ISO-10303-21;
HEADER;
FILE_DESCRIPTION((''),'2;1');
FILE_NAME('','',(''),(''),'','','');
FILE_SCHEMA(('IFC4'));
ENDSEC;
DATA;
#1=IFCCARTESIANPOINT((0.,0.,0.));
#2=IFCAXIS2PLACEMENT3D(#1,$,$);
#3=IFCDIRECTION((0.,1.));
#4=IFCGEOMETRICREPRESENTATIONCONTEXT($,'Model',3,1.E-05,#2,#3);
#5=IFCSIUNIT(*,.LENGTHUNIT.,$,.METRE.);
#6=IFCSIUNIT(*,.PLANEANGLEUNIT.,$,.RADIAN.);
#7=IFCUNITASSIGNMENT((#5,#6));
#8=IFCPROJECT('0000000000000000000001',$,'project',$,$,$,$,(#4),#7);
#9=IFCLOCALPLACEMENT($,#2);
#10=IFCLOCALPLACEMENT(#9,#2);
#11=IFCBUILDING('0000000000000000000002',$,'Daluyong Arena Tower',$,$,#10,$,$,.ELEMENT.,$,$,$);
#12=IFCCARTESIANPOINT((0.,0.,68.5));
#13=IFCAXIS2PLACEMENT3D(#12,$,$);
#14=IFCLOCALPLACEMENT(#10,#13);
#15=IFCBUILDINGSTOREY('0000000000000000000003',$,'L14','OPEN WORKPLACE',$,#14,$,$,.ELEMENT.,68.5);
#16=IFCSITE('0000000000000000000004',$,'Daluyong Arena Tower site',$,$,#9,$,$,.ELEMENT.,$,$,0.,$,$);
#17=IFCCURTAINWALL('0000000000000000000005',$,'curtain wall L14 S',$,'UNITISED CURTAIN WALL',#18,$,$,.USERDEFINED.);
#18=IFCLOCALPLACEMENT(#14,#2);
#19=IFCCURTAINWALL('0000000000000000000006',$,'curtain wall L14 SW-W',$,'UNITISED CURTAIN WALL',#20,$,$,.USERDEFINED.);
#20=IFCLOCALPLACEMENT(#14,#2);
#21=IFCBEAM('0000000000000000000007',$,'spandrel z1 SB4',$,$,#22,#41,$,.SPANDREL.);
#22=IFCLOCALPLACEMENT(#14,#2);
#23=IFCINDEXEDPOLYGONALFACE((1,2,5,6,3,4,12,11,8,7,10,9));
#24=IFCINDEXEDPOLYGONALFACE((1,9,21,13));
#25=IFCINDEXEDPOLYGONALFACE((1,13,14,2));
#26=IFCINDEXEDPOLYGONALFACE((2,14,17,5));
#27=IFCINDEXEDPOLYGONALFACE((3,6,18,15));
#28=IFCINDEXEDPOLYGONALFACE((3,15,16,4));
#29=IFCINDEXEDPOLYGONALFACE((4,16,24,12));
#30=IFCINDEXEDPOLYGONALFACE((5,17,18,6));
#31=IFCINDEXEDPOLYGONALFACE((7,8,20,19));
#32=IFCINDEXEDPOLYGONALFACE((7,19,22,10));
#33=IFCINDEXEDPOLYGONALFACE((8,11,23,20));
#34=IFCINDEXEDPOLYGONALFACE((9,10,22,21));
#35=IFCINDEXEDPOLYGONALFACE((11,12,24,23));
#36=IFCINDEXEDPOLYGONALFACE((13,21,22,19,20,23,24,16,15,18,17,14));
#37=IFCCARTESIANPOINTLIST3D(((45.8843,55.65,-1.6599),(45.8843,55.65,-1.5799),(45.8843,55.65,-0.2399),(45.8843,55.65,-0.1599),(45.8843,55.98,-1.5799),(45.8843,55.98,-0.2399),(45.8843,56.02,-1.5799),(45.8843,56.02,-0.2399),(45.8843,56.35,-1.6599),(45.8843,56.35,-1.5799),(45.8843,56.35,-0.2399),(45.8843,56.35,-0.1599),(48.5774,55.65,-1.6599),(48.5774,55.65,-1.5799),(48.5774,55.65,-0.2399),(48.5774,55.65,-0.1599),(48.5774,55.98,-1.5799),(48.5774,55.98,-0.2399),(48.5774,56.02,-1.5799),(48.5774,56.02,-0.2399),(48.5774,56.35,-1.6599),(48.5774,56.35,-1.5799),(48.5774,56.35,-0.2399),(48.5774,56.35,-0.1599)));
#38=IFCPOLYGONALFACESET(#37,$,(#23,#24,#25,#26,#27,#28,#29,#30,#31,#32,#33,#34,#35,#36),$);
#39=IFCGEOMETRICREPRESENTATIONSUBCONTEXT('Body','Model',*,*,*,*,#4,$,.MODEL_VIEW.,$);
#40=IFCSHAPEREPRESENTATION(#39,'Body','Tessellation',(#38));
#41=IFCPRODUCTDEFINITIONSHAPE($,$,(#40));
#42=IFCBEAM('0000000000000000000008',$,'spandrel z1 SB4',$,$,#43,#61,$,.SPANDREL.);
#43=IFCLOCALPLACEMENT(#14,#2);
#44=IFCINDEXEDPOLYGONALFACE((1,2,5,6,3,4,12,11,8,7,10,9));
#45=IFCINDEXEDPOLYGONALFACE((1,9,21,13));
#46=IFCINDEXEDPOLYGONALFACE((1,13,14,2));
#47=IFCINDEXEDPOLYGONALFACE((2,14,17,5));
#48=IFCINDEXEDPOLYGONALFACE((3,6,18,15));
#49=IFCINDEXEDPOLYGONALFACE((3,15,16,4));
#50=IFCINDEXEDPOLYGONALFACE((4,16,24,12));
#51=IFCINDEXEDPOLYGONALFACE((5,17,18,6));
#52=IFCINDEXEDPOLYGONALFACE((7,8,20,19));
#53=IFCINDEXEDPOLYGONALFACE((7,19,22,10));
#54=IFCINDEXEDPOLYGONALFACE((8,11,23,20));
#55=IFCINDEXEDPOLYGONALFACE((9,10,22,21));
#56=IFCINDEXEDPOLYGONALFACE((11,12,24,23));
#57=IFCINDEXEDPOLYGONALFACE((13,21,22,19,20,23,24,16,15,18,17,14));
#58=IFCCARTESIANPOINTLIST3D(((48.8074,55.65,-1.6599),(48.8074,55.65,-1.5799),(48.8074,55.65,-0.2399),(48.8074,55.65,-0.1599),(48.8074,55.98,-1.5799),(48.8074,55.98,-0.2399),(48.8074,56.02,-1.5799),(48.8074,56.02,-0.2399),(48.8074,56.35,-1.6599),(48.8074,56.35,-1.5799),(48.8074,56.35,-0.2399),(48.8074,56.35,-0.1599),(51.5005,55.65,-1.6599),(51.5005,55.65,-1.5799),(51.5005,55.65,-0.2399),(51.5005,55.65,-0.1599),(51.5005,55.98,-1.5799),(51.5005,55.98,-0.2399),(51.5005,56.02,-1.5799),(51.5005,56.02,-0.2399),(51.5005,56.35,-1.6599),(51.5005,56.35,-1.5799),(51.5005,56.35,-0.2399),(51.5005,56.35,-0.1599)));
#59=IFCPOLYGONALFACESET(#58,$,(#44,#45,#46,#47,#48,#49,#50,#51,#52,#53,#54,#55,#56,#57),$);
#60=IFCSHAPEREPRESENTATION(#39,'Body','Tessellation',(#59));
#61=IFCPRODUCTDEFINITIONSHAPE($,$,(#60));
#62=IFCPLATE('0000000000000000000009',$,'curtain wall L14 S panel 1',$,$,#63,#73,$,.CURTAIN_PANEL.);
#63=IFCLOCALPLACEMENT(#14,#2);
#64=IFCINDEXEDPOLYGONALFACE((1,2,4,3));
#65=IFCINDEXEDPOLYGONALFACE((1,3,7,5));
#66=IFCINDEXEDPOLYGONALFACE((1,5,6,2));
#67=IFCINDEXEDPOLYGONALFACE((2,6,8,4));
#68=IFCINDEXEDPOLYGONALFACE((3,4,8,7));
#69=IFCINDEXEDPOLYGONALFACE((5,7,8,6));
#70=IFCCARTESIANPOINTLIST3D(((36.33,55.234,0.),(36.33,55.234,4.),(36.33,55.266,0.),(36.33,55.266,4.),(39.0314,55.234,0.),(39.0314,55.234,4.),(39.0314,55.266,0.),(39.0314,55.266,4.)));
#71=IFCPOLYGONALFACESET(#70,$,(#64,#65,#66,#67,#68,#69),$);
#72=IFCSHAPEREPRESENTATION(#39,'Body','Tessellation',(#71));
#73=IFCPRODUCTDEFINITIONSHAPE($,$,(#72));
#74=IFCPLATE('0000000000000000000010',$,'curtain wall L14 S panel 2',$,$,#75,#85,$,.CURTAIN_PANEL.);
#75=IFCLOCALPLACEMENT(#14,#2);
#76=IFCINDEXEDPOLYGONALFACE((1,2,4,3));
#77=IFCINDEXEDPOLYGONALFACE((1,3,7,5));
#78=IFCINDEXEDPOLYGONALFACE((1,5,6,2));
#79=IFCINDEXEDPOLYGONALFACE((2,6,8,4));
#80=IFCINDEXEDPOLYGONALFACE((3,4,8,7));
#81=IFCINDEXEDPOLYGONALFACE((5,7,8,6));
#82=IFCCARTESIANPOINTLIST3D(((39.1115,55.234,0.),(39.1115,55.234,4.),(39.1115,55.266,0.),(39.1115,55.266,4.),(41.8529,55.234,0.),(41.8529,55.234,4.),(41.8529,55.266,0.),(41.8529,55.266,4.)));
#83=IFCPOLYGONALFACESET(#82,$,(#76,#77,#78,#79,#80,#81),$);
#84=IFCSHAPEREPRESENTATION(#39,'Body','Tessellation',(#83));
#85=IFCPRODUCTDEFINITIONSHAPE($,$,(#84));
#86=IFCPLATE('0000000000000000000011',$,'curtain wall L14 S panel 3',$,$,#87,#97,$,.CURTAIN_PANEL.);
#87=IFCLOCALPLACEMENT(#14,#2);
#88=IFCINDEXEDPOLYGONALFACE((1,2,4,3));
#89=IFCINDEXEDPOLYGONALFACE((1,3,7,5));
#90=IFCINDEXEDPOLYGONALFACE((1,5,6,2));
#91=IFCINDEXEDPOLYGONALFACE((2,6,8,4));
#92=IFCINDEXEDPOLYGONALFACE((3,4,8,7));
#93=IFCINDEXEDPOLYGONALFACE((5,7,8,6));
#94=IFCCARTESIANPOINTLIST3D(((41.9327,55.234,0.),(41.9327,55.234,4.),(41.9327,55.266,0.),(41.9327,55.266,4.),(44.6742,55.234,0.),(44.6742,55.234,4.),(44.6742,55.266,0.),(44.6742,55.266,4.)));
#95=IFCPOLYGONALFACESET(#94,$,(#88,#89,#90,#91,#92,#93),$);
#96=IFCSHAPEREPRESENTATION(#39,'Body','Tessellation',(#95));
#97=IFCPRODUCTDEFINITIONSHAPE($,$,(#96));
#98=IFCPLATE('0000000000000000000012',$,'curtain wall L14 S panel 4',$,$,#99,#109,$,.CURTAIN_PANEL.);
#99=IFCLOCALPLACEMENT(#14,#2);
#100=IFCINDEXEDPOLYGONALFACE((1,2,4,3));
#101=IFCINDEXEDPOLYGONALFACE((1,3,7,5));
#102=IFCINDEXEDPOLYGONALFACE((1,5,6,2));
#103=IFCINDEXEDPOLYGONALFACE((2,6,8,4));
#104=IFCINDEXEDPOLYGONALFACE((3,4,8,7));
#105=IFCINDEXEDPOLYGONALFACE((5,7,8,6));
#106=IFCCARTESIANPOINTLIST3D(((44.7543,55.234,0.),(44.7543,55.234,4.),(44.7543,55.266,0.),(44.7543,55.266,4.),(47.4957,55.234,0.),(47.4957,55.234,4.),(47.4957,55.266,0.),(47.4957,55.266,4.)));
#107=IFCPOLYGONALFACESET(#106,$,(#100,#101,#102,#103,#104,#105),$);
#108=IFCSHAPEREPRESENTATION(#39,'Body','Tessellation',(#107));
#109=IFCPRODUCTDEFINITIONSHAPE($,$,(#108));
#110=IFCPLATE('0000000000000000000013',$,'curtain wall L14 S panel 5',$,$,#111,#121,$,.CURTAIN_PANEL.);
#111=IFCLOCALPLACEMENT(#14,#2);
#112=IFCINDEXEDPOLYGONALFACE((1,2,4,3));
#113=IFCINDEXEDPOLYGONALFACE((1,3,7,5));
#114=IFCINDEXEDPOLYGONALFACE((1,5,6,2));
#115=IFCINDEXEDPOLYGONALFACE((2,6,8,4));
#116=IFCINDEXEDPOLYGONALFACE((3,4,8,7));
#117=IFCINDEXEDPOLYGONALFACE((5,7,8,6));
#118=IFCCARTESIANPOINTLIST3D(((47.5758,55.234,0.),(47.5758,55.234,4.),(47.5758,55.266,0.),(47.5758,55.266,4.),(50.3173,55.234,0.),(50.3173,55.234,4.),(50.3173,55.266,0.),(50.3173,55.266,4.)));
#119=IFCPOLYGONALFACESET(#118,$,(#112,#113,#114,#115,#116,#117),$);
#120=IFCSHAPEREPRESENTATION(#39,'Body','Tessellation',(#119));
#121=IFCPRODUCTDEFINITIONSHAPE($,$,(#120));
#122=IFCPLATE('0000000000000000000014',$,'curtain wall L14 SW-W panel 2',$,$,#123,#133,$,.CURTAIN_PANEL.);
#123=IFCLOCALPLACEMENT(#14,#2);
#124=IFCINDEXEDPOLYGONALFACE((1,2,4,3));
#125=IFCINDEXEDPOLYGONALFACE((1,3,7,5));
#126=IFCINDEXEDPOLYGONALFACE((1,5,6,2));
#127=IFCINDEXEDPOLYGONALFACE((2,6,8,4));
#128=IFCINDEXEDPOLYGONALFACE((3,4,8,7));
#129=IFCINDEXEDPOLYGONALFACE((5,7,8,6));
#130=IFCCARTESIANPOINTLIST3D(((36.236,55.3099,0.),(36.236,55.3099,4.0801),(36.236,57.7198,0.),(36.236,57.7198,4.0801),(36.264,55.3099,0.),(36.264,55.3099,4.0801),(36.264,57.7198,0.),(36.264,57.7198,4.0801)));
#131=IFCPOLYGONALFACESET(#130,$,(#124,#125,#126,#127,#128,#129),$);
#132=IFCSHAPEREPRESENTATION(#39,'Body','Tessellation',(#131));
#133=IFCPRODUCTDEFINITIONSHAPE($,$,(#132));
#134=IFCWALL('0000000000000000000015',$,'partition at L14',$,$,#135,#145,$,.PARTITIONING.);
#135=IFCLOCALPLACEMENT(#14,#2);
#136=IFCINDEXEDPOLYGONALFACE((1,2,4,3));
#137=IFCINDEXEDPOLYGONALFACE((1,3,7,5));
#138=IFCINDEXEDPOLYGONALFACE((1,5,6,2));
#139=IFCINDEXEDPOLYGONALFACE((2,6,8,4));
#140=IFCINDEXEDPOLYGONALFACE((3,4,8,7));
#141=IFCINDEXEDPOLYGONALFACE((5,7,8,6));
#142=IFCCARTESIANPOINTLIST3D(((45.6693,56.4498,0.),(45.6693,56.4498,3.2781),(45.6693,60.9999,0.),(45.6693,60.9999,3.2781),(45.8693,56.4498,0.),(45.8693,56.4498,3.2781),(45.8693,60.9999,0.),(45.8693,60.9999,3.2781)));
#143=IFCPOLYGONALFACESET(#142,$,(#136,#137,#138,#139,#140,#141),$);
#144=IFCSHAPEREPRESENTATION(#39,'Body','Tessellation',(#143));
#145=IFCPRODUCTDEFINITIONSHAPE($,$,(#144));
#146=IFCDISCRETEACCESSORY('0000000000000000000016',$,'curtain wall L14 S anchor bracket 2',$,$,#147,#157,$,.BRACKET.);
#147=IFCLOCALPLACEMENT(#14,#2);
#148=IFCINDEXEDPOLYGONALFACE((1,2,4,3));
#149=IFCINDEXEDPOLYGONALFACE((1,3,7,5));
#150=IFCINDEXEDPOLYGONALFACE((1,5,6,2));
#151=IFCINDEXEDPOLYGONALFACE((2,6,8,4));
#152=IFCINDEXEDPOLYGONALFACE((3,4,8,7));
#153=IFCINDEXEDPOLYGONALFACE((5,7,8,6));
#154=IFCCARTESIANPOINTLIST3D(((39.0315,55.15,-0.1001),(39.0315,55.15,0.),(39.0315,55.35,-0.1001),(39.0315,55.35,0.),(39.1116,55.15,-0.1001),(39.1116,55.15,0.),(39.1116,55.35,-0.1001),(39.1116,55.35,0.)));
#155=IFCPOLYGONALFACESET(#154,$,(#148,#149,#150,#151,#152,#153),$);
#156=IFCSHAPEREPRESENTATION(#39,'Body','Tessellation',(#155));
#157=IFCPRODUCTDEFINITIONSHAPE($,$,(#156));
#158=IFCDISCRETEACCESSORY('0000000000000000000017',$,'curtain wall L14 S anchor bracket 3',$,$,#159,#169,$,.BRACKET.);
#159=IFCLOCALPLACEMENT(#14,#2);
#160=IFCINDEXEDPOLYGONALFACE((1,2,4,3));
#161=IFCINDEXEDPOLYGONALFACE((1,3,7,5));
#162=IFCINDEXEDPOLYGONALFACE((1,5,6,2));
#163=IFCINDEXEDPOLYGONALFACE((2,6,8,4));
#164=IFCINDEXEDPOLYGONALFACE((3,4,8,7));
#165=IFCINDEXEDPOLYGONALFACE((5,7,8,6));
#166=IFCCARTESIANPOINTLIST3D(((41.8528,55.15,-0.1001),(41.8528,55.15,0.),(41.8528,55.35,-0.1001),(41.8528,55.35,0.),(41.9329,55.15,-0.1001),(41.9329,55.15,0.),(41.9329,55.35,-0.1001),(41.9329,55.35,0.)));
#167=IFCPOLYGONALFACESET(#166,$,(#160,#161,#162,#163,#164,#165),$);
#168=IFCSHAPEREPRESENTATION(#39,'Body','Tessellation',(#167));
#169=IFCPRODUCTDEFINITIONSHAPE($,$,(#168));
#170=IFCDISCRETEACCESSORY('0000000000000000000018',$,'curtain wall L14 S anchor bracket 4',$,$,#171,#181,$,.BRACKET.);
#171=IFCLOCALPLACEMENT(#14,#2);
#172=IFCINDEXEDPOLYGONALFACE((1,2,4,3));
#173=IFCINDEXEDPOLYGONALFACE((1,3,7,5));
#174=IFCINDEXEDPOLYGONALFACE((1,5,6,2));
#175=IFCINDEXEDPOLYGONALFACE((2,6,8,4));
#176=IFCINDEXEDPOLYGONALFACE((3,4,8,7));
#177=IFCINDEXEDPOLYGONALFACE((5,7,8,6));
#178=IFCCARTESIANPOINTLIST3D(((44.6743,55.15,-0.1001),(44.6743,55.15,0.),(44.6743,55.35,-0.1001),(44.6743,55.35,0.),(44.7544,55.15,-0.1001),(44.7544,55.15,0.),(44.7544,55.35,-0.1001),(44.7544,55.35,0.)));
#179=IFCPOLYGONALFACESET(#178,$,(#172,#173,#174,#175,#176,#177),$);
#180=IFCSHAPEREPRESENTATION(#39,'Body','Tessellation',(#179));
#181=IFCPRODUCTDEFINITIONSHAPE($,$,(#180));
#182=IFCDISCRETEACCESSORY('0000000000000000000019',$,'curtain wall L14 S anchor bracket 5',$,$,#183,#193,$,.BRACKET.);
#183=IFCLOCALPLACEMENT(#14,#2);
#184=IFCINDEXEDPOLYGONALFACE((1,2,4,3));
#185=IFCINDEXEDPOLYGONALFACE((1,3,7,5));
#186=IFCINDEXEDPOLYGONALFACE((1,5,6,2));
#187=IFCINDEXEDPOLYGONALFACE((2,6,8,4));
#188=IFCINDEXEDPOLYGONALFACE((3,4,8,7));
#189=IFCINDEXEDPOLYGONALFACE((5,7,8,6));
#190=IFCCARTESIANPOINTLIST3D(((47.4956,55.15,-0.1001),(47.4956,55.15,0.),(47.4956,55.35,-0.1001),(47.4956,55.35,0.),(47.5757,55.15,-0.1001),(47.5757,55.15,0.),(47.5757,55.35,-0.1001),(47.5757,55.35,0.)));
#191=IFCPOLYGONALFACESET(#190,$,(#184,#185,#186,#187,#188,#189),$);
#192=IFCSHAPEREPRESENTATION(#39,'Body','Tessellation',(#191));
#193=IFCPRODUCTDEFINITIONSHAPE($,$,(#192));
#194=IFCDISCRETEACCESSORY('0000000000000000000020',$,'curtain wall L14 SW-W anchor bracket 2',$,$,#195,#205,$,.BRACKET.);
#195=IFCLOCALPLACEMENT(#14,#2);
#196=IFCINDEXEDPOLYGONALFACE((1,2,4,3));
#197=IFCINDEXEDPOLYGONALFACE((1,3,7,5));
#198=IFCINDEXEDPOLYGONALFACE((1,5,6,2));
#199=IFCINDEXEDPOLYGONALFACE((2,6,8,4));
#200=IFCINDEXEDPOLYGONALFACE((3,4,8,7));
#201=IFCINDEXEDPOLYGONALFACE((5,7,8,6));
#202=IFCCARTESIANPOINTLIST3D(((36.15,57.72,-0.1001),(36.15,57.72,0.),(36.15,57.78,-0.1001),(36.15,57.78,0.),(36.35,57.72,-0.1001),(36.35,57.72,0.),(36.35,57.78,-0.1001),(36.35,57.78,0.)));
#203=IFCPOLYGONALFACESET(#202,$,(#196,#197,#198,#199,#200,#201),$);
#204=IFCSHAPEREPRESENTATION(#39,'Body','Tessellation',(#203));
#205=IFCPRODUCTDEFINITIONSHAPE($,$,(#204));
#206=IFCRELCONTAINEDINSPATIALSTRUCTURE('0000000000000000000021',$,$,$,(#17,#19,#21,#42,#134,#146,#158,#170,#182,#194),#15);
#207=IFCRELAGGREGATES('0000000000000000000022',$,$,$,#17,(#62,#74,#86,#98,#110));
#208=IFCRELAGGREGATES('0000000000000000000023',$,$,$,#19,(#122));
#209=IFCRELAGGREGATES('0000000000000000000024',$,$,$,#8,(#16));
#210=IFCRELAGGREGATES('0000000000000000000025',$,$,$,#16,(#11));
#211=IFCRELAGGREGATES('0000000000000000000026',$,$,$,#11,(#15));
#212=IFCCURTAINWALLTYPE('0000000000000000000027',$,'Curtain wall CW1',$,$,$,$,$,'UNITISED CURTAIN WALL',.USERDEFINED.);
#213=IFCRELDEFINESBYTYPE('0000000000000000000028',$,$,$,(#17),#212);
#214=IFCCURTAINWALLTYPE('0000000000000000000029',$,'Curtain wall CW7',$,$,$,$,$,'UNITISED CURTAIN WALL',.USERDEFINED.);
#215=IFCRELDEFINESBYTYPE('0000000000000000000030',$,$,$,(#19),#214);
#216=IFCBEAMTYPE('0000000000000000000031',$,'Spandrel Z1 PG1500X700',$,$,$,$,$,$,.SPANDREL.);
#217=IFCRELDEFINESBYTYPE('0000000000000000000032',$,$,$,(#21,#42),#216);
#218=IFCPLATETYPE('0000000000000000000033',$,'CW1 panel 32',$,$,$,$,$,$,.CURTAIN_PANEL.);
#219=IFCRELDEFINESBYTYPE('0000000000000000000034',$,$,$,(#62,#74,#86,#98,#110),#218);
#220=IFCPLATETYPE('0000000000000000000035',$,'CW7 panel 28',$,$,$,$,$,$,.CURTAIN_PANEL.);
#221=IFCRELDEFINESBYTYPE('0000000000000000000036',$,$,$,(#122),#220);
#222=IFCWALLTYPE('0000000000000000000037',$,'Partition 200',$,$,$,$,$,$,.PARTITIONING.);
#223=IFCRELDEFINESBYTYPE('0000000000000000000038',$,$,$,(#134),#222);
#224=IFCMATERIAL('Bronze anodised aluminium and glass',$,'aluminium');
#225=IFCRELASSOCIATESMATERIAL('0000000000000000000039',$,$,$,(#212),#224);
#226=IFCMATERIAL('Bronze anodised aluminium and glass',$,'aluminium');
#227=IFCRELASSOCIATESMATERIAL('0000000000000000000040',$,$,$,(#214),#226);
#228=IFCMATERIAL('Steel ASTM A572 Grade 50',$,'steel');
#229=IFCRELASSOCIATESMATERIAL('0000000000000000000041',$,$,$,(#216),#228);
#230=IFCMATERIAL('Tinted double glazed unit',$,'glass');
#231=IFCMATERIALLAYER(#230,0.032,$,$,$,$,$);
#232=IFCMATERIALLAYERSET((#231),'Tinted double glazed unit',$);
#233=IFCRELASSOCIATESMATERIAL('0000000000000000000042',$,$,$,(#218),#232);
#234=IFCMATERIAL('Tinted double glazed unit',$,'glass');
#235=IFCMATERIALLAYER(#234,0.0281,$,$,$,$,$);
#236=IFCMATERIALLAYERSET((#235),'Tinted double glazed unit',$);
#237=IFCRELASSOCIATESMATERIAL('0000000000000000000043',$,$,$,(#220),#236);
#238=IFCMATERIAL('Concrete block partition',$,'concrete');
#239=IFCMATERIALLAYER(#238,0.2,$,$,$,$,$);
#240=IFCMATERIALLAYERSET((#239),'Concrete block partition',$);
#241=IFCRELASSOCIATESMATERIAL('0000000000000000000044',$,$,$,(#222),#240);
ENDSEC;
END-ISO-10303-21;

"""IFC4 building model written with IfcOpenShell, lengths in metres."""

from ifc_helpers import new_model, si_unit, direction, frame, frame_2d, origin, origin_2d, place, context, subcontext, project, spatial, rectangle, i_section, extrude, material, layer, layer_set, material_profile, profile_set, type_object, element, aggregate, save


model = new_model("IFC4")

# Units and contexts
model_context = context("Model", 3, precision=1e-05, world=origin(), true_north=direction((0.0, 1.0)))
body_context = subcontext(model_context, "Body", "Model", "MODEL_VIEW")
ifc_project = project(units=[si_unit("LENGTHUNIT", "METRE"), si_unit("PLANEANGLEUNIT", "RADIAN")], contexts=[model_context])

# Site, building, storey
site_placement = place(None, origin())
site = spatial("IfcSite", under=ifc_project, at=site_placement, Name="Daluyong Arena Tower site", CompositionType="ELEMENT", RefElevation=0.0)
building_placement = place(site_placement, origin())
building = spatial("IfcBuilding", under=site, at=building_placement, Name="Daluyong Arena Tower", CompositionType="ELEMENT")
storey_placement = place(building_placement, frame((0.0, 0.0, 68.5)))
storey = spatial("IfcBuildingStorey", under=building, at=storey_placement, Name="L14", Description="OPEN WORKPLACE", CompositionType="ELEMENT", Elevation=68.5)

# Curtain walls
ifc_material_1 = material(Name="Bronze anodised aluminium and glass", Category="aluminium")
curtain_wall_type_1 = type_object("IfcCurtainWallType", Name="Curtain wall CW1", ElementType="UNITISED CURTAIN WALL", PredefinedType="USERDEFINED", material=ifc_material_1)
curtain_wall_1_placement = place(storey_placement, origin())
curtain_wall_1 = element("IfcCurtainWall", 1, at=curtain_wall_1_placement, inside=storey, type_object=curtain_wall_type_1, Name="curtain wall L14 S", ObjectType="UNITISED CURTAIN WALL", PredefinedType="USERDEFINED")
ifc_material_2 = material(Name="Bronze anodised aluminium and glass", Category="aluminium")
curtain_wall_type_2 = type_object("IfcCurtainWallType", Name="Curtain wall CW7", ElementType="UNITISED CURTAIN WALL", PredefinedType="USERDEFINED", material=ifc_material_2)
curtain_wall_2_placement = place(storey_placement, origin())
curtain_wall_2 = element("IfcCurtainWall", 2, at=curtain_wall_2_placement, inside=storey, type_object=curtain_wall_type_2, Name="curtain wall L14 SW-W", ObjectType="UNITISED CURTAIN WALL", PredefinedType="USERDEFINED")

# Beams
ifc_material_3 = material(Name="Steel ASTM A572 Grade 50", Category="steel")
ifc_material_profile_1 = material_profile(ifc_material_3, i_section(OverallWidth=0.7, OverallDepth=1.5, WebThickness=0.04, FlangeThickness=0.08, at=origin_2d()))
ifc_profile_set_1 = profile_set([ifc_material_profile_1], Name="Steel ASTM A572 Grade 50")
beam_type_1 = type_object("IfcBeamType", Name="Spandrel Z1 PG1500X700", PredefinedType="SPANDREL", material=ifc_profile_set_1)
for number, where, z_axis, x_axis, name in (
    (3, (45.8843, 56.0, -0.9099), (1.0, 0.0, 0.0), (0.0, 1.0, 0.0), "spandrel z1 SB4"),
    (4, (48.8074, 56.0, -0.9099), (1.0, 0.0, 0.0), (0.0, 1.0, 0.0), "spandrel z1 SB4"),
):
    element("IfcBeam", number, at=place(storey_placement, frame(where, z_axis=z_axis, x_axis=x_axis)), inside=storey, type_object=beam_type_1, Name=name, PredefinedType="SPANDREL", context=body_context, shape_type="SweptSolid", body=[
        extrude(i_section(OverallWidth=0.7, OverallDepth=1.5, WebThickness=0.04, FlangeThickness=0.08, at=origin_2d()), origin(), (0.0, 0.0, 1.0), 2.6931),
    ])

# Plates
ifc_material_4 = material(Name="Tinted double glazed unit", Category="glass")
ifc_layer_1 = layer(ifc_material_4, 0.032)
ifc_layer_set_1 = layer_set([ifc_layer_1], Name="Tinted double glazed unit")
plate_type_1 = type_object("IfcPlateType", Name="CW1 panel 32", PredefinedType="CURTAIN_PANEL", material=ifc_layer_set_1)
plate_1_placement = place(storey_placement, frame((37.6807, 55.25, 0.0), z_axis=(0.0, 0.0, 1.0), x_axis=(1.0, 0.0, 0.0)))
plate_1 = element("IfcPlate", 5, at=plate_1_placement, type_object=plate_type_1, Name="curtain wall L14 S panel 1", PredefinedType="CURTAIN_PANEL", context=body_context, shape_type="SweptSolid", body=[
    extrude(rectangle(XDim=2.7014, YDim=0.032, at=origin_2d()), origin(), (0.0, 0.0, 1.0), 4.0),
])
plate_2_placement = place(storey_placement, frame((40.4822, 55.25, 0.0), z_axis=(0.0, 0.0, 1.0), x_axis=(1.0, 0.0, 0.0)))
plate_2 = element("IfcPlate", 6, at=plate_2_placement, type_object=plate_type_1, Name="curtain wall L14 S panel 2", PredefinedType="CURTAIN_PANEL", context=body_context, shape_type="SweptSolid", body=[
    extrude(rectangle(XDim=2.7415, YDim=0.032, at=origin_2d()), origin(), (0.0, 0.0, 1.0), 4.0),
])
plate_3_placement = place(storey_placement, frame((43.3035, 55.25, 0.0), z_axis=(0.0, 0.0, 1.0), x_axis=(1.0, 0.0, 0.0)))
plate_3 = element("IfcPlate", 7, at=plate_3_placement, type_object=plate_type_1, Name="curtain wall L14 S panel 3", PredefinedType="CURTAIN_PANEL", context=body_context, shape_type="SweptSolid", body=[
    extrude(rectangle(XDim=2.7415, YDim=0.032, at=origin_2d()), origin(), (0.0, 0.0, 1.0), 4.0),
])
plate_4_placement = place(storey_placement, frame((46.125, 55.25, 0.0), z_axis=(0.0, 0.0, 1.0), x_axis=(1.0, 0.0, 0.0)))
plate_4 = element("IfcPlate", 8, at=plate_4_placement, type_object=plate_type_1, Name="curtain wall L14 S panel 4", PredefinedType="CURTAIN_PANEL", context=body_context, shape_type="SweptSolid", body=[
    extrude(rectangle(XDim=2.7415, YDim=0.032, at=origin_2d()), origin(), (0.0, 0.0, 1.0), 4.0),
])
plate_5_placement = place(storey_placement, frame((48.9465, 55.25, 0.0), z_axis=(0.0, 0.0, 1.0), x_axis=(1.0, 0.0, 0.0)))
plate_5 = element("IfcPlate", 9, at=plate_5_placement, type_object=plate_type_1, Name="curtain wall L14 S panel 5", PredefinedType="CURTAIN_PANEL", context=body_context, shape_type="SweptSolid", body=[
    extrude(rectangle(XDim=2.7415, YDim=0.032, at=origin_2d()), origin(), (0.0, 0.0, 1.0), 4.0),
])
aggregate(curtain_wall_1, [plate_1, plate_2, plate_3, plate_4, plate_5])
ifc_material_5 = material(Name="Tinted double glazed unit", Category="glass")
ifc_layer_2 = layer(ifc_material_5, 0.0281)
ifc_layer_set_2 = layer_set([ifc_layer_2], Name="Tinted double glazed unit")
plate_type_2 = type_object("IfcPlateType", Name="CW7 panel 28", PredefinedType="CURTAIN_PANEL", material=ifc_layer_set_2)
plate_6_placement = place(storey_placement, frame((36.25, 56.5149, 0.0), z_axis=(0.0, 0.0, 1.0), x_axis=(0.0, -1.0, 0.0)))
plate_6 = element("IfcPlate", 10, at=plate_6_placement, type_object=plate_type_2, Name="curtain wall L14 SW-W panel 2", PredefinedType="CURTAIN_PANEL", context=body_context, shape_type="SweptSolid", body=[
    extrude(rectangle(XDim=2.4099, YDim=0.0281, at=origin_2d()), origin(), (0.0, 0.0, 1.0), 4.0801),
])
aggregate(curtain_wall_2, [plate_6])

# Wall
ifc_material_6 = material(Name="Concrete block partition", Category="concrete")
ifc_layer_3 = layer(ifc_material_6, 0.2)
ifc_layer_set_3 = layer_set([ifc_layer_3], Name="Concrete block partition")
wall_type = type_object("IfcWallType", Name="Partition 200", PredefinedType="PARTITIONING", material=ifc_layer_set_3)
wall_placement = place(storey_placement, frame((45.7693, 56.45, 0.0), z_axis=(0.0, 0.0, 1.0), x_axis=(0.0, 1.0, 0.0)))
element("IfcWall", 11, at=wall_placement, inside=storey, type_object=wall_type, Name="partition at L14", PredefinedType="PARTITIONING", context=body_context, shape_type="SweptSolid", body=[
    extrude(rectangle(XDim=4.55, YDim=0.2, at=frame_2d((2.2749, 0.0))), origin(), (0.0, 0.0, 1.0), 3.2781),
])

# Discrete accessories
for number, where, z_axis, x_axis, name in (
    (12, (39.0715, 55.25, -0.1001), (0.0, 0.0, 1.0), (1.0, 0.0, 0.0), "curtain wall L14 S anchor bracket 2"),
    (13, (41.8928, 55.25, -0.1001), (0.0, 0.0, 1.0), (1.0, 0.0, 0.0), "curtain wall L14 S anchor bracket 3"),
    (14, (44.7144, 55.25, -0.1001), (0.0, 0.0, 1.0), (1.0, 0.0, 0.0), "curtain wall L14 S anchor bracket 4"),
    (15, (47.5356, 55.25, -0.1001), (0.0, 0.0, 1.0), (1.0, 0.0, 0.0), "curtain wall L14 S anchor bracket 5"),
):
    element("IfcDiscreteAccessory", number, at=place(storey_placement, frame(where, z_axis=z_axis, x_axis=x_axis)), inside=storey, Name=name, PredefinedType="BRACKET", context=body_context, shape_type="SweptSolid", body=[
        extrude(rectangle(XDim=0.0801, YDim=0.2, at=origin_2d()), origin(), (0.0, 0.0, 1.0), 0.1001),
    ])
discrete_accessory_placement = place(storey_placement, frame((36.25, 57.75, -0.1001), z_axis=(0.0, 0.0, 1.0), x_axis=(0.0, -1.0, 0.0)))
element("IfcDiscreteAccessory", 16, at=discrete_accessory_placement, inside=storey, Name="curtain wall L14 SW-W anchor bracket 2", PredefinedType="BRACKET", context=body_context, shape_type="SweptSolid", body=[
    extrude(rectangle(XDim=0.0601, YDim=0.2, at=origin_2d()), origin(), (0.0, 0.0, 1.0), 0.1001),
])

save(model, "model.ifc")
